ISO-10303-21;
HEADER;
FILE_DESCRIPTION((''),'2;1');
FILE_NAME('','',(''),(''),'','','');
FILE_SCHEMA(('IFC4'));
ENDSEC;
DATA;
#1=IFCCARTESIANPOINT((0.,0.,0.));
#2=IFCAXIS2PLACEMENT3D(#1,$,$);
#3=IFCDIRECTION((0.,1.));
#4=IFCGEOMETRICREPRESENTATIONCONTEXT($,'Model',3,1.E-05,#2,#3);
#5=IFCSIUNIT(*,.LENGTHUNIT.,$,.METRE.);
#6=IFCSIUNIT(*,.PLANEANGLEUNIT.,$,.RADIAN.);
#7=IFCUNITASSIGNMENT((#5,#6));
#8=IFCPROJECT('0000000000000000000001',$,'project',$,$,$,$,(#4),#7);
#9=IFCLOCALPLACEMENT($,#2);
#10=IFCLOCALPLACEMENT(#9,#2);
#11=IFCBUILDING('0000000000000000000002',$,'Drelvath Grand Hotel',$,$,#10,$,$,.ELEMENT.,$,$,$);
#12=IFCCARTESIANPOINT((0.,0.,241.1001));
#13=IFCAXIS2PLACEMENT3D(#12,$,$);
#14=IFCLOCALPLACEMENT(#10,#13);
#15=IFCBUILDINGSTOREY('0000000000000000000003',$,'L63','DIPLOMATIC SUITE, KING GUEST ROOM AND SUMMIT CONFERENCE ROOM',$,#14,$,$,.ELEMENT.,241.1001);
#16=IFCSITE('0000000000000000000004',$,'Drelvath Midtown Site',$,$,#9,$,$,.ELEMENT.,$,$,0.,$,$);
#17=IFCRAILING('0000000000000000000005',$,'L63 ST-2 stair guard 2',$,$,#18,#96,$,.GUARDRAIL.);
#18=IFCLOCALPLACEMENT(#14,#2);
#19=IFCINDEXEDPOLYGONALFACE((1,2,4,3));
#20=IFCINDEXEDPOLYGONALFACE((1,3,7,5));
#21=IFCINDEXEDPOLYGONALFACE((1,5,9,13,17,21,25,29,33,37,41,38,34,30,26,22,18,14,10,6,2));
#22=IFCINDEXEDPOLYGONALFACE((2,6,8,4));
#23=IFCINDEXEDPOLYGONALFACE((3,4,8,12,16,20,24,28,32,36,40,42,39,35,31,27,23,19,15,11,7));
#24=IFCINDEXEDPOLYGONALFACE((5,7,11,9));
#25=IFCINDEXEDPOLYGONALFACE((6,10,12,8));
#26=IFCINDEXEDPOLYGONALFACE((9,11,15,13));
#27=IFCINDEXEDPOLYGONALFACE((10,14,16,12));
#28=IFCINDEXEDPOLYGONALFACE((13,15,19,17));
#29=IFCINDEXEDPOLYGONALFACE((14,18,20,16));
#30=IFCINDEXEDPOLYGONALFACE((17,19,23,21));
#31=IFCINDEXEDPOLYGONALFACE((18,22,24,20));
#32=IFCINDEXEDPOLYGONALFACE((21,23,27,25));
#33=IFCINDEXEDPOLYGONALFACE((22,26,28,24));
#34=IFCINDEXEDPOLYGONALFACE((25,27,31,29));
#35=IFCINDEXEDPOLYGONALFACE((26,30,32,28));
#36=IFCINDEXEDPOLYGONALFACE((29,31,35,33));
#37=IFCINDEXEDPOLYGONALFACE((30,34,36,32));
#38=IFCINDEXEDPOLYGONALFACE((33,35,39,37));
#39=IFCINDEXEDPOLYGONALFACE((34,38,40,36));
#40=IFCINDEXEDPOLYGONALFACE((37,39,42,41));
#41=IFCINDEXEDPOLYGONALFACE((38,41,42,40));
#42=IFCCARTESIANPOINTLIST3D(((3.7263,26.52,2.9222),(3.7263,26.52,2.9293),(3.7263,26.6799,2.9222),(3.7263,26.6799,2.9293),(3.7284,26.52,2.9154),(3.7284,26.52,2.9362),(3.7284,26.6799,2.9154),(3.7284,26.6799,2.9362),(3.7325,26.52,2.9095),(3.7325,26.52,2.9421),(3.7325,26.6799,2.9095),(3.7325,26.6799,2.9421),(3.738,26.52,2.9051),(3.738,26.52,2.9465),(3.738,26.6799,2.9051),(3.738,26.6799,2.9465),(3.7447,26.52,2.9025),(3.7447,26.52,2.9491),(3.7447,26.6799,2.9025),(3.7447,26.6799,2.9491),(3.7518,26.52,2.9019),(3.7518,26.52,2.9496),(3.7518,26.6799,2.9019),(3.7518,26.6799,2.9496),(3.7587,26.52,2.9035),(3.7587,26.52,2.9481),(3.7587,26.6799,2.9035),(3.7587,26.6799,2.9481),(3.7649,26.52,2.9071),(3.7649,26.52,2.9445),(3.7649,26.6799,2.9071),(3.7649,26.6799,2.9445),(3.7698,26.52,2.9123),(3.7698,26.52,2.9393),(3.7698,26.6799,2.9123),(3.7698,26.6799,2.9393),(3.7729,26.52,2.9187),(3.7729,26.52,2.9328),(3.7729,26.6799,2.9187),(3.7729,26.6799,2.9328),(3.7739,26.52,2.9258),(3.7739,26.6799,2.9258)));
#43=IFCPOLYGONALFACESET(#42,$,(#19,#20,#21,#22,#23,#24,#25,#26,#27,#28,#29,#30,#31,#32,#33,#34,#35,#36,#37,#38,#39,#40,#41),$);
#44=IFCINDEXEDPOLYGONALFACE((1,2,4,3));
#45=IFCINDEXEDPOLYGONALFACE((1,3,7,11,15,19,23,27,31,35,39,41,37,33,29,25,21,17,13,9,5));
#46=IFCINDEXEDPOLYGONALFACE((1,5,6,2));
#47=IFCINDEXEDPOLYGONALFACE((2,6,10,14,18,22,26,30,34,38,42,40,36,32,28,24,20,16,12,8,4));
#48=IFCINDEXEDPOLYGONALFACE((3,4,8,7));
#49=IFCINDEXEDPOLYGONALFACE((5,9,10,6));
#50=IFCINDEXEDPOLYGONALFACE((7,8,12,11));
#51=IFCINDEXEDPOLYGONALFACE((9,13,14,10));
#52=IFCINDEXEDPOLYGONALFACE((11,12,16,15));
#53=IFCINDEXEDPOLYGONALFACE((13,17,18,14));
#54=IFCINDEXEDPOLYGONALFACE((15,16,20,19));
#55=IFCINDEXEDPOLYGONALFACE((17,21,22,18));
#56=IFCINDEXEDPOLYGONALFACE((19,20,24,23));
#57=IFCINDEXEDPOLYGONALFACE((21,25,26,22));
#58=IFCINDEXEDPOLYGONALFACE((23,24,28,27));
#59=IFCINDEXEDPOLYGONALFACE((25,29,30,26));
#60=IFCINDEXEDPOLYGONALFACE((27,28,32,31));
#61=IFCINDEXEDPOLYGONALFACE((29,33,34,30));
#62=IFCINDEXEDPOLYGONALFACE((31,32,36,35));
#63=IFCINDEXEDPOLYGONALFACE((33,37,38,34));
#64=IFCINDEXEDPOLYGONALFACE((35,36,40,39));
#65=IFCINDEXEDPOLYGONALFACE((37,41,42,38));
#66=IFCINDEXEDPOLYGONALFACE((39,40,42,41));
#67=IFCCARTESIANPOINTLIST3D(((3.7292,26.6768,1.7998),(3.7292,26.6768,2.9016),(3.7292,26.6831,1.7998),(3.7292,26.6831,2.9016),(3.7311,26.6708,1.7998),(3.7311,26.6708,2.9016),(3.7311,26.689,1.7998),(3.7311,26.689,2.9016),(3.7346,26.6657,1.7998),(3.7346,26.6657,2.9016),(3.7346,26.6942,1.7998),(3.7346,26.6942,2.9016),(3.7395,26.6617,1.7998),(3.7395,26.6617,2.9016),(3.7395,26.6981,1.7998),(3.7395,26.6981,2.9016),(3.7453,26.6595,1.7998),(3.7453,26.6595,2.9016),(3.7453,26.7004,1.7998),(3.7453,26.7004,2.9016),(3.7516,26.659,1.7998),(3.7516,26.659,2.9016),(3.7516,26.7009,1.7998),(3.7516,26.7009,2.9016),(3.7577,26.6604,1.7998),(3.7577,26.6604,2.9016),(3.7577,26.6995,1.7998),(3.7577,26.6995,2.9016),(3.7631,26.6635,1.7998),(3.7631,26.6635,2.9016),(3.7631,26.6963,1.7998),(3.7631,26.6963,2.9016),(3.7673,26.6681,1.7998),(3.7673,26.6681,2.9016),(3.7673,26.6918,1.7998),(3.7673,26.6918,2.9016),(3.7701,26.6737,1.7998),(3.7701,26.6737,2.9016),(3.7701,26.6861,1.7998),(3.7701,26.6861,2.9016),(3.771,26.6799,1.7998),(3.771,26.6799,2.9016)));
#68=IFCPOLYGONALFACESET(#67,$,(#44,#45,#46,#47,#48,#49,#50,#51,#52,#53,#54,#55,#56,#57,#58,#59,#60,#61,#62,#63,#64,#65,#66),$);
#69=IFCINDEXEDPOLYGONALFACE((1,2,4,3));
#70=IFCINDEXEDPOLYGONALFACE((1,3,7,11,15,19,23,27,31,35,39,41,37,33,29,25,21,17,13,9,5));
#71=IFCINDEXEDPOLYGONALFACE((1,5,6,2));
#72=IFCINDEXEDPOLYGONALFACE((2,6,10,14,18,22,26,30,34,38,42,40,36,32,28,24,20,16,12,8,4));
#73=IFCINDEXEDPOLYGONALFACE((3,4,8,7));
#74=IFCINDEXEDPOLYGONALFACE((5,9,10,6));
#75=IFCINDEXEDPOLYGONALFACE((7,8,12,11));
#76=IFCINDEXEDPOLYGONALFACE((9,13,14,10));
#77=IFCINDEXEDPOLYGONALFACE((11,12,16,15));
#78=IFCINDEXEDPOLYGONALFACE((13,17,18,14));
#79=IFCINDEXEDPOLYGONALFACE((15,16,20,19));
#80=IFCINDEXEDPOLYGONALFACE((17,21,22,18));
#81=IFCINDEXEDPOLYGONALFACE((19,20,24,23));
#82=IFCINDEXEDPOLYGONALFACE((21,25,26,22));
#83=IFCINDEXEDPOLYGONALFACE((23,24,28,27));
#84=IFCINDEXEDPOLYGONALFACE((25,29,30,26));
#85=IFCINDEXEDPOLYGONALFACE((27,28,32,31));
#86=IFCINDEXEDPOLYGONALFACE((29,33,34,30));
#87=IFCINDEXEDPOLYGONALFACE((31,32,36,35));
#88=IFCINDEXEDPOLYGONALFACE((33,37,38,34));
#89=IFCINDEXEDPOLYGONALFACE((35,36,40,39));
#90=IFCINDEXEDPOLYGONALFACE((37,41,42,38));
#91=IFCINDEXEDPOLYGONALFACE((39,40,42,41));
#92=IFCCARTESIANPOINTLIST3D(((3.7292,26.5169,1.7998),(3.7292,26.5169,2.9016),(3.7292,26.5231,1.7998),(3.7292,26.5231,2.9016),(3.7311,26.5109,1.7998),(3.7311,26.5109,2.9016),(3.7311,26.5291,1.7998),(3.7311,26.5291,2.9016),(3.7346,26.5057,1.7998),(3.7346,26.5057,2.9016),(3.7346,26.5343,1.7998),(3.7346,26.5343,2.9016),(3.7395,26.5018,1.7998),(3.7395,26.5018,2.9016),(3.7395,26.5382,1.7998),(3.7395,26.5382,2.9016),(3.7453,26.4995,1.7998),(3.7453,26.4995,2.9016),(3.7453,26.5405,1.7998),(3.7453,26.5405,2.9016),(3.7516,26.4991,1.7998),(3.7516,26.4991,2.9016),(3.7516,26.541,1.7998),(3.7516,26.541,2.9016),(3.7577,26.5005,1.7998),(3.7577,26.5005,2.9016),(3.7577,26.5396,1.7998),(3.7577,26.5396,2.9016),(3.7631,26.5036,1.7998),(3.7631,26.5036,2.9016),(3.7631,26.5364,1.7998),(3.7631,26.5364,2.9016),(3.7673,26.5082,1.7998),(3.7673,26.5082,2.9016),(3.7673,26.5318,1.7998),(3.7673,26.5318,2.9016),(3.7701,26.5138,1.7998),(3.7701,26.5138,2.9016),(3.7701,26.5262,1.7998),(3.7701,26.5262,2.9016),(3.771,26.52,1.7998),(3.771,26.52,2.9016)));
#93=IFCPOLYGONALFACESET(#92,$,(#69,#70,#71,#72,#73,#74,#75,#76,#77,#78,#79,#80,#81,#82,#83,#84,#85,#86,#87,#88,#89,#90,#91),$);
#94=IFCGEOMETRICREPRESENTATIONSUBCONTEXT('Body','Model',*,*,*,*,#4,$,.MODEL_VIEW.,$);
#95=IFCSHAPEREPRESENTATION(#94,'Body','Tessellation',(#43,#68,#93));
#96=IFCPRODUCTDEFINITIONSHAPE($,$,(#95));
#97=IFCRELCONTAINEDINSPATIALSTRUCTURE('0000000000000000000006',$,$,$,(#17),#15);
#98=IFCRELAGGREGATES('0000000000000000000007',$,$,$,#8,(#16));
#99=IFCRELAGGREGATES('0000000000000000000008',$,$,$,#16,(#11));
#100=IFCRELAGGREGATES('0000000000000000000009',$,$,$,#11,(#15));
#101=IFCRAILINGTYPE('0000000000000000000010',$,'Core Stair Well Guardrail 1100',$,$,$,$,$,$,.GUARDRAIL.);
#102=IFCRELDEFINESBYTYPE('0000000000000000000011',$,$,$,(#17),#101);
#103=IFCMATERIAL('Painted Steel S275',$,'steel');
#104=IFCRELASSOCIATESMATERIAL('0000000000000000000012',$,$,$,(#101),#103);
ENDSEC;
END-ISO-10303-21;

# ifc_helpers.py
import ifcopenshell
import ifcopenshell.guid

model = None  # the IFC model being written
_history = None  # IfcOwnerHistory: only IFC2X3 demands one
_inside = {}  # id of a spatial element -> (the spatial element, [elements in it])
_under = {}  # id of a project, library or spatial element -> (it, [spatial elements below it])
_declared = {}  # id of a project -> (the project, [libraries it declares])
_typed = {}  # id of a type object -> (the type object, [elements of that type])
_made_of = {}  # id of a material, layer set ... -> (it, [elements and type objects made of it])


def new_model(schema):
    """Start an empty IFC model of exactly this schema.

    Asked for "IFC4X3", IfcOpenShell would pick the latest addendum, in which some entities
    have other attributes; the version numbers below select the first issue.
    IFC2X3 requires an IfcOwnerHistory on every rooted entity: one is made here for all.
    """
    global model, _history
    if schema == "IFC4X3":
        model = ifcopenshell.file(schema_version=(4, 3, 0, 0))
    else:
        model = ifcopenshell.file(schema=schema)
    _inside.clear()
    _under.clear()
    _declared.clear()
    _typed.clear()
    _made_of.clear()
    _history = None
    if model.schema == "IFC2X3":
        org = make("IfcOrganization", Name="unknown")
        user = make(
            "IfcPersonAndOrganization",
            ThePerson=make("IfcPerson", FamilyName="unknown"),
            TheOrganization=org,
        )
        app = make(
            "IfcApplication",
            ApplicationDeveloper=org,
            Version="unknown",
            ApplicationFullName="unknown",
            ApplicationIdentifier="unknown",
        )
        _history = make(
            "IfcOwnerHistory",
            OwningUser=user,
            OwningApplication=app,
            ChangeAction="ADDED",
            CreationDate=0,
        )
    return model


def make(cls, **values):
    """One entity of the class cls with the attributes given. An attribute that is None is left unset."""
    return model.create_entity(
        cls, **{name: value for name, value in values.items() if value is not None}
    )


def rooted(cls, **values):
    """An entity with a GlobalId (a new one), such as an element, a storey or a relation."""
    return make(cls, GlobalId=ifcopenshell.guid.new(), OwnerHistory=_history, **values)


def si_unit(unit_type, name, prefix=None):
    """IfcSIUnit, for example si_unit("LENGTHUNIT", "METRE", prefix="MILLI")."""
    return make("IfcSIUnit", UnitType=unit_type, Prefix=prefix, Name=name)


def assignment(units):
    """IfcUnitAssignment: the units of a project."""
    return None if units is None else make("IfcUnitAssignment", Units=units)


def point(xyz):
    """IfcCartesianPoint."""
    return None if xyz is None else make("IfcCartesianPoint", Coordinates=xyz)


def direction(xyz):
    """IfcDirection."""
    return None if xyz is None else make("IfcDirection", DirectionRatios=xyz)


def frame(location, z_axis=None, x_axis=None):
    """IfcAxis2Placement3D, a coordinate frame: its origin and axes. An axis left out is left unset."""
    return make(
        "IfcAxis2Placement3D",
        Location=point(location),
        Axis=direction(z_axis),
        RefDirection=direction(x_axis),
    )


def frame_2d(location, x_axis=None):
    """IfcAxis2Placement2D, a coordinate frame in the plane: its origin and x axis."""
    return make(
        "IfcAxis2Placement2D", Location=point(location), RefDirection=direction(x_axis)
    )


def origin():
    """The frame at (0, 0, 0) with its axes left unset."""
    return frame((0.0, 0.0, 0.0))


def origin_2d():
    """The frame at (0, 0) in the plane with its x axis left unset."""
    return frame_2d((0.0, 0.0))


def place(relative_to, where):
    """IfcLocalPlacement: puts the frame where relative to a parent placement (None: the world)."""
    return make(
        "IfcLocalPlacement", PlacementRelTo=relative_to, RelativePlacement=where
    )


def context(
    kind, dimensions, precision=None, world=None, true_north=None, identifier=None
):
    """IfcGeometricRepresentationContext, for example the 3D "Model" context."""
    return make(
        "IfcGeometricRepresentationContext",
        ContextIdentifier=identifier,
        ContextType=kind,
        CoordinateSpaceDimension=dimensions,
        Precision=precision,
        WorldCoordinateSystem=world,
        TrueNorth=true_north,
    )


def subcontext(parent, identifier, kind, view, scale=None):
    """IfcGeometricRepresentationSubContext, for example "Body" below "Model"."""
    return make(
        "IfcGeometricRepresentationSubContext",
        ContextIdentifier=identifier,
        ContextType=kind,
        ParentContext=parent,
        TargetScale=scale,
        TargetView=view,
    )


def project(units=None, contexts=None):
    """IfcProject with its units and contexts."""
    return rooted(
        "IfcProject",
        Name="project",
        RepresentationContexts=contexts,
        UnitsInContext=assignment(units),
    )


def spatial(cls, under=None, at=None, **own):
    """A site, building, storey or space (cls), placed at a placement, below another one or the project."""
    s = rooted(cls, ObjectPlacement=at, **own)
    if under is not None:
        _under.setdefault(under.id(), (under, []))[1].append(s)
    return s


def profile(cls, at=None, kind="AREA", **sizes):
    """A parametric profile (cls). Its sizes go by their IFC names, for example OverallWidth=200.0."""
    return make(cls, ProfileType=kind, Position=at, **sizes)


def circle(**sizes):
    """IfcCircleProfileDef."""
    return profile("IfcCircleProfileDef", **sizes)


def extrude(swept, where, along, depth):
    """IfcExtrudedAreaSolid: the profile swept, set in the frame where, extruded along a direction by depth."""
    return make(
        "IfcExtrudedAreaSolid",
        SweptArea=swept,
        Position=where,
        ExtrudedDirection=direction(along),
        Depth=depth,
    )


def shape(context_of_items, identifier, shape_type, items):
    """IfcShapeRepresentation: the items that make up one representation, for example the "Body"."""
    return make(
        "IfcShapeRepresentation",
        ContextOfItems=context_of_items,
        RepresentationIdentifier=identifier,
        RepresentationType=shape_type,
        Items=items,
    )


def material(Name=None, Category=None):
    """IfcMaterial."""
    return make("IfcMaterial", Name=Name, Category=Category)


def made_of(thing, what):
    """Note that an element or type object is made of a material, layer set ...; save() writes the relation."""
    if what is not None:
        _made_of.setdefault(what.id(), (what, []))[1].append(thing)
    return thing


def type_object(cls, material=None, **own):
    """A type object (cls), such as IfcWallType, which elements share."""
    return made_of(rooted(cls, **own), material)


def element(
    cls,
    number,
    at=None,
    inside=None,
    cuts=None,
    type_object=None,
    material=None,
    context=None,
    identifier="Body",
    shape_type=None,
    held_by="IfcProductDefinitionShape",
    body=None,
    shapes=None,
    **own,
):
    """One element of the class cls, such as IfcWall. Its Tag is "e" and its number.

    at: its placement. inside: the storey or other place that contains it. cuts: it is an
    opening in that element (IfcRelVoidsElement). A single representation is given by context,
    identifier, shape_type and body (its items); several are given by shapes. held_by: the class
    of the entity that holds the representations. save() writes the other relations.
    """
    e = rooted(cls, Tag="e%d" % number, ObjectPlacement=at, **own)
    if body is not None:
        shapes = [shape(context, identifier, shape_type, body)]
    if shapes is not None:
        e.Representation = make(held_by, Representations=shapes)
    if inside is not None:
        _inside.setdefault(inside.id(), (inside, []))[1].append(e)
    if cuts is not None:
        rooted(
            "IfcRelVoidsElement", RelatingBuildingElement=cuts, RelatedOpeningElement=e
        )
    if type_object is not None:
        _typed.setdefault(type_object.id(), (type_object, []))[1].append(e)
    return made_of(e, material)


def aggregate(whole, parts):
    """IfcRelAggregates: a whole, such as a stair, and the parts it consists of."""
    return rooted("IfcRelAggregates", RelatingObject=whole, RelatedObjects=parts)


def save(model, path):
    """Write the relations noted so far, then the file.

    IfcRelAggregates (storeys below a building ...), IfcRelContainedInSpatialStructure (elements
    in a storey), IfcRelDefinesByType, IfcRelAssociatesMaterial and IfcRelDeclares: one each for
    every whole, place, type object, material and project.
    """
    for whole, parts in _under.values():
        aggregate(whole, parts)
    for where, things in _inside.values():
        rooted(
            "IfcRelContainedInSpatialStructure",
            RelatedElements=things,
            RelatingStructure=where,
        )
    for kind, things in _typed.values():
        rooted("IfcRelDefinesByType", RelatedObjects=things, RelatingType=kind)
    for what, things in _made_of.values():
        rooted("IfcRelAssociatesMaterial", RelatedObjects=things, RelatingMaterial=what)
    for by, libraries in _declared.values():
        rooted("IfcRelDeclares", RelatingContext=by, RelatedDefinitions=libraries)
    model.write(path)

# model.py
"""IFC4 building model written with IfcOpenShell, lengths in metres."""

from ifc_helpers import new_model, si_unit, direction, frame, origin, origin_2d, place, context, subcontext, project, spatial, circle, extrude, material, type_object, element, save


model = new_model("IFC4")

# Units and contexts
model_context = context("Model", 3, precision=1e-05, world=origin(), true_north=direction((0.0, 1.0)))
body_context = subcontext(model_context, "Body", "Model", "MODEL_VIEW")
ifc_project = project(units=[si_unit("LENGTHUNIT", "METRE"), si_unit("PLANEANGLEUNIT", "RADIAN")], contexts=[model_context])

# Site, building, storey
site_placement = place(None, origin())
site = spatial("IfcSite", under=ifc_project, at=site_placement, Name="Drelvath Midtown Site", CompositionType="ELEMENT", RefElevation=0.0)
building_placement = place(site_placement, origin())
building = spatial("IfcBuilding", under=site, at=building_placement, Name="Drelvath Grand Hotel", CompositionType="ELEMENT")
storey_placement = place(building_placement, frame((0.0, 0.0, 241.1001)))
storey = spatial("IfcBuildingStorey", under=building, at=storey_placement, Name="L63", Description="DIPLOMATIC SUITE, KING GUEST ROOM AND SUMMIT CONFERENCE ROOM", CompositionType="ELEMENT", Elevation=241.1001)

# Railing
ifc_material_1 = material(Name="Painted Steel S275", Category="steel")
railing_type_1 = type_object("IfcRailingType", Name="Core Stair Well Guardrail 1100", PredefinedType="GUARDRAIL", material=ifc_material_1)
railing_1_placement = place(storey_placement, frame((3.75, 26.6799, 1.7998)))
element("IfcRailing", 1, at=railing_1_placement, inside=storey, type_object=railing_type_1, Name="L63 ST-2 stair guard 2", PredefinedType="GUARDRAIL", context=body_context, shape_type="SweptSolid", body=[
    extrude(circle(Radius=0.0239, at=origin_2d()), frame((0.0, 0.0, 1.126), z_axis=(0.0, -1.0, 0.0), x_axis=(1.0, 0.0, 0.0)), (0.0, 0.0, 1.0), 0.1599),
    extrude(circle(Radius=0.021, at=origin_2d()), origin(), (0.0, 0.0, 1.0), 1.1018),
    extrude(circle(Radius=0.021, at=origin_2d()), frame((0.0, -0.1599, 0.0)), (0.0, 0.0, 1.0), 1.1018),
])

save(model, "model.ifc")
